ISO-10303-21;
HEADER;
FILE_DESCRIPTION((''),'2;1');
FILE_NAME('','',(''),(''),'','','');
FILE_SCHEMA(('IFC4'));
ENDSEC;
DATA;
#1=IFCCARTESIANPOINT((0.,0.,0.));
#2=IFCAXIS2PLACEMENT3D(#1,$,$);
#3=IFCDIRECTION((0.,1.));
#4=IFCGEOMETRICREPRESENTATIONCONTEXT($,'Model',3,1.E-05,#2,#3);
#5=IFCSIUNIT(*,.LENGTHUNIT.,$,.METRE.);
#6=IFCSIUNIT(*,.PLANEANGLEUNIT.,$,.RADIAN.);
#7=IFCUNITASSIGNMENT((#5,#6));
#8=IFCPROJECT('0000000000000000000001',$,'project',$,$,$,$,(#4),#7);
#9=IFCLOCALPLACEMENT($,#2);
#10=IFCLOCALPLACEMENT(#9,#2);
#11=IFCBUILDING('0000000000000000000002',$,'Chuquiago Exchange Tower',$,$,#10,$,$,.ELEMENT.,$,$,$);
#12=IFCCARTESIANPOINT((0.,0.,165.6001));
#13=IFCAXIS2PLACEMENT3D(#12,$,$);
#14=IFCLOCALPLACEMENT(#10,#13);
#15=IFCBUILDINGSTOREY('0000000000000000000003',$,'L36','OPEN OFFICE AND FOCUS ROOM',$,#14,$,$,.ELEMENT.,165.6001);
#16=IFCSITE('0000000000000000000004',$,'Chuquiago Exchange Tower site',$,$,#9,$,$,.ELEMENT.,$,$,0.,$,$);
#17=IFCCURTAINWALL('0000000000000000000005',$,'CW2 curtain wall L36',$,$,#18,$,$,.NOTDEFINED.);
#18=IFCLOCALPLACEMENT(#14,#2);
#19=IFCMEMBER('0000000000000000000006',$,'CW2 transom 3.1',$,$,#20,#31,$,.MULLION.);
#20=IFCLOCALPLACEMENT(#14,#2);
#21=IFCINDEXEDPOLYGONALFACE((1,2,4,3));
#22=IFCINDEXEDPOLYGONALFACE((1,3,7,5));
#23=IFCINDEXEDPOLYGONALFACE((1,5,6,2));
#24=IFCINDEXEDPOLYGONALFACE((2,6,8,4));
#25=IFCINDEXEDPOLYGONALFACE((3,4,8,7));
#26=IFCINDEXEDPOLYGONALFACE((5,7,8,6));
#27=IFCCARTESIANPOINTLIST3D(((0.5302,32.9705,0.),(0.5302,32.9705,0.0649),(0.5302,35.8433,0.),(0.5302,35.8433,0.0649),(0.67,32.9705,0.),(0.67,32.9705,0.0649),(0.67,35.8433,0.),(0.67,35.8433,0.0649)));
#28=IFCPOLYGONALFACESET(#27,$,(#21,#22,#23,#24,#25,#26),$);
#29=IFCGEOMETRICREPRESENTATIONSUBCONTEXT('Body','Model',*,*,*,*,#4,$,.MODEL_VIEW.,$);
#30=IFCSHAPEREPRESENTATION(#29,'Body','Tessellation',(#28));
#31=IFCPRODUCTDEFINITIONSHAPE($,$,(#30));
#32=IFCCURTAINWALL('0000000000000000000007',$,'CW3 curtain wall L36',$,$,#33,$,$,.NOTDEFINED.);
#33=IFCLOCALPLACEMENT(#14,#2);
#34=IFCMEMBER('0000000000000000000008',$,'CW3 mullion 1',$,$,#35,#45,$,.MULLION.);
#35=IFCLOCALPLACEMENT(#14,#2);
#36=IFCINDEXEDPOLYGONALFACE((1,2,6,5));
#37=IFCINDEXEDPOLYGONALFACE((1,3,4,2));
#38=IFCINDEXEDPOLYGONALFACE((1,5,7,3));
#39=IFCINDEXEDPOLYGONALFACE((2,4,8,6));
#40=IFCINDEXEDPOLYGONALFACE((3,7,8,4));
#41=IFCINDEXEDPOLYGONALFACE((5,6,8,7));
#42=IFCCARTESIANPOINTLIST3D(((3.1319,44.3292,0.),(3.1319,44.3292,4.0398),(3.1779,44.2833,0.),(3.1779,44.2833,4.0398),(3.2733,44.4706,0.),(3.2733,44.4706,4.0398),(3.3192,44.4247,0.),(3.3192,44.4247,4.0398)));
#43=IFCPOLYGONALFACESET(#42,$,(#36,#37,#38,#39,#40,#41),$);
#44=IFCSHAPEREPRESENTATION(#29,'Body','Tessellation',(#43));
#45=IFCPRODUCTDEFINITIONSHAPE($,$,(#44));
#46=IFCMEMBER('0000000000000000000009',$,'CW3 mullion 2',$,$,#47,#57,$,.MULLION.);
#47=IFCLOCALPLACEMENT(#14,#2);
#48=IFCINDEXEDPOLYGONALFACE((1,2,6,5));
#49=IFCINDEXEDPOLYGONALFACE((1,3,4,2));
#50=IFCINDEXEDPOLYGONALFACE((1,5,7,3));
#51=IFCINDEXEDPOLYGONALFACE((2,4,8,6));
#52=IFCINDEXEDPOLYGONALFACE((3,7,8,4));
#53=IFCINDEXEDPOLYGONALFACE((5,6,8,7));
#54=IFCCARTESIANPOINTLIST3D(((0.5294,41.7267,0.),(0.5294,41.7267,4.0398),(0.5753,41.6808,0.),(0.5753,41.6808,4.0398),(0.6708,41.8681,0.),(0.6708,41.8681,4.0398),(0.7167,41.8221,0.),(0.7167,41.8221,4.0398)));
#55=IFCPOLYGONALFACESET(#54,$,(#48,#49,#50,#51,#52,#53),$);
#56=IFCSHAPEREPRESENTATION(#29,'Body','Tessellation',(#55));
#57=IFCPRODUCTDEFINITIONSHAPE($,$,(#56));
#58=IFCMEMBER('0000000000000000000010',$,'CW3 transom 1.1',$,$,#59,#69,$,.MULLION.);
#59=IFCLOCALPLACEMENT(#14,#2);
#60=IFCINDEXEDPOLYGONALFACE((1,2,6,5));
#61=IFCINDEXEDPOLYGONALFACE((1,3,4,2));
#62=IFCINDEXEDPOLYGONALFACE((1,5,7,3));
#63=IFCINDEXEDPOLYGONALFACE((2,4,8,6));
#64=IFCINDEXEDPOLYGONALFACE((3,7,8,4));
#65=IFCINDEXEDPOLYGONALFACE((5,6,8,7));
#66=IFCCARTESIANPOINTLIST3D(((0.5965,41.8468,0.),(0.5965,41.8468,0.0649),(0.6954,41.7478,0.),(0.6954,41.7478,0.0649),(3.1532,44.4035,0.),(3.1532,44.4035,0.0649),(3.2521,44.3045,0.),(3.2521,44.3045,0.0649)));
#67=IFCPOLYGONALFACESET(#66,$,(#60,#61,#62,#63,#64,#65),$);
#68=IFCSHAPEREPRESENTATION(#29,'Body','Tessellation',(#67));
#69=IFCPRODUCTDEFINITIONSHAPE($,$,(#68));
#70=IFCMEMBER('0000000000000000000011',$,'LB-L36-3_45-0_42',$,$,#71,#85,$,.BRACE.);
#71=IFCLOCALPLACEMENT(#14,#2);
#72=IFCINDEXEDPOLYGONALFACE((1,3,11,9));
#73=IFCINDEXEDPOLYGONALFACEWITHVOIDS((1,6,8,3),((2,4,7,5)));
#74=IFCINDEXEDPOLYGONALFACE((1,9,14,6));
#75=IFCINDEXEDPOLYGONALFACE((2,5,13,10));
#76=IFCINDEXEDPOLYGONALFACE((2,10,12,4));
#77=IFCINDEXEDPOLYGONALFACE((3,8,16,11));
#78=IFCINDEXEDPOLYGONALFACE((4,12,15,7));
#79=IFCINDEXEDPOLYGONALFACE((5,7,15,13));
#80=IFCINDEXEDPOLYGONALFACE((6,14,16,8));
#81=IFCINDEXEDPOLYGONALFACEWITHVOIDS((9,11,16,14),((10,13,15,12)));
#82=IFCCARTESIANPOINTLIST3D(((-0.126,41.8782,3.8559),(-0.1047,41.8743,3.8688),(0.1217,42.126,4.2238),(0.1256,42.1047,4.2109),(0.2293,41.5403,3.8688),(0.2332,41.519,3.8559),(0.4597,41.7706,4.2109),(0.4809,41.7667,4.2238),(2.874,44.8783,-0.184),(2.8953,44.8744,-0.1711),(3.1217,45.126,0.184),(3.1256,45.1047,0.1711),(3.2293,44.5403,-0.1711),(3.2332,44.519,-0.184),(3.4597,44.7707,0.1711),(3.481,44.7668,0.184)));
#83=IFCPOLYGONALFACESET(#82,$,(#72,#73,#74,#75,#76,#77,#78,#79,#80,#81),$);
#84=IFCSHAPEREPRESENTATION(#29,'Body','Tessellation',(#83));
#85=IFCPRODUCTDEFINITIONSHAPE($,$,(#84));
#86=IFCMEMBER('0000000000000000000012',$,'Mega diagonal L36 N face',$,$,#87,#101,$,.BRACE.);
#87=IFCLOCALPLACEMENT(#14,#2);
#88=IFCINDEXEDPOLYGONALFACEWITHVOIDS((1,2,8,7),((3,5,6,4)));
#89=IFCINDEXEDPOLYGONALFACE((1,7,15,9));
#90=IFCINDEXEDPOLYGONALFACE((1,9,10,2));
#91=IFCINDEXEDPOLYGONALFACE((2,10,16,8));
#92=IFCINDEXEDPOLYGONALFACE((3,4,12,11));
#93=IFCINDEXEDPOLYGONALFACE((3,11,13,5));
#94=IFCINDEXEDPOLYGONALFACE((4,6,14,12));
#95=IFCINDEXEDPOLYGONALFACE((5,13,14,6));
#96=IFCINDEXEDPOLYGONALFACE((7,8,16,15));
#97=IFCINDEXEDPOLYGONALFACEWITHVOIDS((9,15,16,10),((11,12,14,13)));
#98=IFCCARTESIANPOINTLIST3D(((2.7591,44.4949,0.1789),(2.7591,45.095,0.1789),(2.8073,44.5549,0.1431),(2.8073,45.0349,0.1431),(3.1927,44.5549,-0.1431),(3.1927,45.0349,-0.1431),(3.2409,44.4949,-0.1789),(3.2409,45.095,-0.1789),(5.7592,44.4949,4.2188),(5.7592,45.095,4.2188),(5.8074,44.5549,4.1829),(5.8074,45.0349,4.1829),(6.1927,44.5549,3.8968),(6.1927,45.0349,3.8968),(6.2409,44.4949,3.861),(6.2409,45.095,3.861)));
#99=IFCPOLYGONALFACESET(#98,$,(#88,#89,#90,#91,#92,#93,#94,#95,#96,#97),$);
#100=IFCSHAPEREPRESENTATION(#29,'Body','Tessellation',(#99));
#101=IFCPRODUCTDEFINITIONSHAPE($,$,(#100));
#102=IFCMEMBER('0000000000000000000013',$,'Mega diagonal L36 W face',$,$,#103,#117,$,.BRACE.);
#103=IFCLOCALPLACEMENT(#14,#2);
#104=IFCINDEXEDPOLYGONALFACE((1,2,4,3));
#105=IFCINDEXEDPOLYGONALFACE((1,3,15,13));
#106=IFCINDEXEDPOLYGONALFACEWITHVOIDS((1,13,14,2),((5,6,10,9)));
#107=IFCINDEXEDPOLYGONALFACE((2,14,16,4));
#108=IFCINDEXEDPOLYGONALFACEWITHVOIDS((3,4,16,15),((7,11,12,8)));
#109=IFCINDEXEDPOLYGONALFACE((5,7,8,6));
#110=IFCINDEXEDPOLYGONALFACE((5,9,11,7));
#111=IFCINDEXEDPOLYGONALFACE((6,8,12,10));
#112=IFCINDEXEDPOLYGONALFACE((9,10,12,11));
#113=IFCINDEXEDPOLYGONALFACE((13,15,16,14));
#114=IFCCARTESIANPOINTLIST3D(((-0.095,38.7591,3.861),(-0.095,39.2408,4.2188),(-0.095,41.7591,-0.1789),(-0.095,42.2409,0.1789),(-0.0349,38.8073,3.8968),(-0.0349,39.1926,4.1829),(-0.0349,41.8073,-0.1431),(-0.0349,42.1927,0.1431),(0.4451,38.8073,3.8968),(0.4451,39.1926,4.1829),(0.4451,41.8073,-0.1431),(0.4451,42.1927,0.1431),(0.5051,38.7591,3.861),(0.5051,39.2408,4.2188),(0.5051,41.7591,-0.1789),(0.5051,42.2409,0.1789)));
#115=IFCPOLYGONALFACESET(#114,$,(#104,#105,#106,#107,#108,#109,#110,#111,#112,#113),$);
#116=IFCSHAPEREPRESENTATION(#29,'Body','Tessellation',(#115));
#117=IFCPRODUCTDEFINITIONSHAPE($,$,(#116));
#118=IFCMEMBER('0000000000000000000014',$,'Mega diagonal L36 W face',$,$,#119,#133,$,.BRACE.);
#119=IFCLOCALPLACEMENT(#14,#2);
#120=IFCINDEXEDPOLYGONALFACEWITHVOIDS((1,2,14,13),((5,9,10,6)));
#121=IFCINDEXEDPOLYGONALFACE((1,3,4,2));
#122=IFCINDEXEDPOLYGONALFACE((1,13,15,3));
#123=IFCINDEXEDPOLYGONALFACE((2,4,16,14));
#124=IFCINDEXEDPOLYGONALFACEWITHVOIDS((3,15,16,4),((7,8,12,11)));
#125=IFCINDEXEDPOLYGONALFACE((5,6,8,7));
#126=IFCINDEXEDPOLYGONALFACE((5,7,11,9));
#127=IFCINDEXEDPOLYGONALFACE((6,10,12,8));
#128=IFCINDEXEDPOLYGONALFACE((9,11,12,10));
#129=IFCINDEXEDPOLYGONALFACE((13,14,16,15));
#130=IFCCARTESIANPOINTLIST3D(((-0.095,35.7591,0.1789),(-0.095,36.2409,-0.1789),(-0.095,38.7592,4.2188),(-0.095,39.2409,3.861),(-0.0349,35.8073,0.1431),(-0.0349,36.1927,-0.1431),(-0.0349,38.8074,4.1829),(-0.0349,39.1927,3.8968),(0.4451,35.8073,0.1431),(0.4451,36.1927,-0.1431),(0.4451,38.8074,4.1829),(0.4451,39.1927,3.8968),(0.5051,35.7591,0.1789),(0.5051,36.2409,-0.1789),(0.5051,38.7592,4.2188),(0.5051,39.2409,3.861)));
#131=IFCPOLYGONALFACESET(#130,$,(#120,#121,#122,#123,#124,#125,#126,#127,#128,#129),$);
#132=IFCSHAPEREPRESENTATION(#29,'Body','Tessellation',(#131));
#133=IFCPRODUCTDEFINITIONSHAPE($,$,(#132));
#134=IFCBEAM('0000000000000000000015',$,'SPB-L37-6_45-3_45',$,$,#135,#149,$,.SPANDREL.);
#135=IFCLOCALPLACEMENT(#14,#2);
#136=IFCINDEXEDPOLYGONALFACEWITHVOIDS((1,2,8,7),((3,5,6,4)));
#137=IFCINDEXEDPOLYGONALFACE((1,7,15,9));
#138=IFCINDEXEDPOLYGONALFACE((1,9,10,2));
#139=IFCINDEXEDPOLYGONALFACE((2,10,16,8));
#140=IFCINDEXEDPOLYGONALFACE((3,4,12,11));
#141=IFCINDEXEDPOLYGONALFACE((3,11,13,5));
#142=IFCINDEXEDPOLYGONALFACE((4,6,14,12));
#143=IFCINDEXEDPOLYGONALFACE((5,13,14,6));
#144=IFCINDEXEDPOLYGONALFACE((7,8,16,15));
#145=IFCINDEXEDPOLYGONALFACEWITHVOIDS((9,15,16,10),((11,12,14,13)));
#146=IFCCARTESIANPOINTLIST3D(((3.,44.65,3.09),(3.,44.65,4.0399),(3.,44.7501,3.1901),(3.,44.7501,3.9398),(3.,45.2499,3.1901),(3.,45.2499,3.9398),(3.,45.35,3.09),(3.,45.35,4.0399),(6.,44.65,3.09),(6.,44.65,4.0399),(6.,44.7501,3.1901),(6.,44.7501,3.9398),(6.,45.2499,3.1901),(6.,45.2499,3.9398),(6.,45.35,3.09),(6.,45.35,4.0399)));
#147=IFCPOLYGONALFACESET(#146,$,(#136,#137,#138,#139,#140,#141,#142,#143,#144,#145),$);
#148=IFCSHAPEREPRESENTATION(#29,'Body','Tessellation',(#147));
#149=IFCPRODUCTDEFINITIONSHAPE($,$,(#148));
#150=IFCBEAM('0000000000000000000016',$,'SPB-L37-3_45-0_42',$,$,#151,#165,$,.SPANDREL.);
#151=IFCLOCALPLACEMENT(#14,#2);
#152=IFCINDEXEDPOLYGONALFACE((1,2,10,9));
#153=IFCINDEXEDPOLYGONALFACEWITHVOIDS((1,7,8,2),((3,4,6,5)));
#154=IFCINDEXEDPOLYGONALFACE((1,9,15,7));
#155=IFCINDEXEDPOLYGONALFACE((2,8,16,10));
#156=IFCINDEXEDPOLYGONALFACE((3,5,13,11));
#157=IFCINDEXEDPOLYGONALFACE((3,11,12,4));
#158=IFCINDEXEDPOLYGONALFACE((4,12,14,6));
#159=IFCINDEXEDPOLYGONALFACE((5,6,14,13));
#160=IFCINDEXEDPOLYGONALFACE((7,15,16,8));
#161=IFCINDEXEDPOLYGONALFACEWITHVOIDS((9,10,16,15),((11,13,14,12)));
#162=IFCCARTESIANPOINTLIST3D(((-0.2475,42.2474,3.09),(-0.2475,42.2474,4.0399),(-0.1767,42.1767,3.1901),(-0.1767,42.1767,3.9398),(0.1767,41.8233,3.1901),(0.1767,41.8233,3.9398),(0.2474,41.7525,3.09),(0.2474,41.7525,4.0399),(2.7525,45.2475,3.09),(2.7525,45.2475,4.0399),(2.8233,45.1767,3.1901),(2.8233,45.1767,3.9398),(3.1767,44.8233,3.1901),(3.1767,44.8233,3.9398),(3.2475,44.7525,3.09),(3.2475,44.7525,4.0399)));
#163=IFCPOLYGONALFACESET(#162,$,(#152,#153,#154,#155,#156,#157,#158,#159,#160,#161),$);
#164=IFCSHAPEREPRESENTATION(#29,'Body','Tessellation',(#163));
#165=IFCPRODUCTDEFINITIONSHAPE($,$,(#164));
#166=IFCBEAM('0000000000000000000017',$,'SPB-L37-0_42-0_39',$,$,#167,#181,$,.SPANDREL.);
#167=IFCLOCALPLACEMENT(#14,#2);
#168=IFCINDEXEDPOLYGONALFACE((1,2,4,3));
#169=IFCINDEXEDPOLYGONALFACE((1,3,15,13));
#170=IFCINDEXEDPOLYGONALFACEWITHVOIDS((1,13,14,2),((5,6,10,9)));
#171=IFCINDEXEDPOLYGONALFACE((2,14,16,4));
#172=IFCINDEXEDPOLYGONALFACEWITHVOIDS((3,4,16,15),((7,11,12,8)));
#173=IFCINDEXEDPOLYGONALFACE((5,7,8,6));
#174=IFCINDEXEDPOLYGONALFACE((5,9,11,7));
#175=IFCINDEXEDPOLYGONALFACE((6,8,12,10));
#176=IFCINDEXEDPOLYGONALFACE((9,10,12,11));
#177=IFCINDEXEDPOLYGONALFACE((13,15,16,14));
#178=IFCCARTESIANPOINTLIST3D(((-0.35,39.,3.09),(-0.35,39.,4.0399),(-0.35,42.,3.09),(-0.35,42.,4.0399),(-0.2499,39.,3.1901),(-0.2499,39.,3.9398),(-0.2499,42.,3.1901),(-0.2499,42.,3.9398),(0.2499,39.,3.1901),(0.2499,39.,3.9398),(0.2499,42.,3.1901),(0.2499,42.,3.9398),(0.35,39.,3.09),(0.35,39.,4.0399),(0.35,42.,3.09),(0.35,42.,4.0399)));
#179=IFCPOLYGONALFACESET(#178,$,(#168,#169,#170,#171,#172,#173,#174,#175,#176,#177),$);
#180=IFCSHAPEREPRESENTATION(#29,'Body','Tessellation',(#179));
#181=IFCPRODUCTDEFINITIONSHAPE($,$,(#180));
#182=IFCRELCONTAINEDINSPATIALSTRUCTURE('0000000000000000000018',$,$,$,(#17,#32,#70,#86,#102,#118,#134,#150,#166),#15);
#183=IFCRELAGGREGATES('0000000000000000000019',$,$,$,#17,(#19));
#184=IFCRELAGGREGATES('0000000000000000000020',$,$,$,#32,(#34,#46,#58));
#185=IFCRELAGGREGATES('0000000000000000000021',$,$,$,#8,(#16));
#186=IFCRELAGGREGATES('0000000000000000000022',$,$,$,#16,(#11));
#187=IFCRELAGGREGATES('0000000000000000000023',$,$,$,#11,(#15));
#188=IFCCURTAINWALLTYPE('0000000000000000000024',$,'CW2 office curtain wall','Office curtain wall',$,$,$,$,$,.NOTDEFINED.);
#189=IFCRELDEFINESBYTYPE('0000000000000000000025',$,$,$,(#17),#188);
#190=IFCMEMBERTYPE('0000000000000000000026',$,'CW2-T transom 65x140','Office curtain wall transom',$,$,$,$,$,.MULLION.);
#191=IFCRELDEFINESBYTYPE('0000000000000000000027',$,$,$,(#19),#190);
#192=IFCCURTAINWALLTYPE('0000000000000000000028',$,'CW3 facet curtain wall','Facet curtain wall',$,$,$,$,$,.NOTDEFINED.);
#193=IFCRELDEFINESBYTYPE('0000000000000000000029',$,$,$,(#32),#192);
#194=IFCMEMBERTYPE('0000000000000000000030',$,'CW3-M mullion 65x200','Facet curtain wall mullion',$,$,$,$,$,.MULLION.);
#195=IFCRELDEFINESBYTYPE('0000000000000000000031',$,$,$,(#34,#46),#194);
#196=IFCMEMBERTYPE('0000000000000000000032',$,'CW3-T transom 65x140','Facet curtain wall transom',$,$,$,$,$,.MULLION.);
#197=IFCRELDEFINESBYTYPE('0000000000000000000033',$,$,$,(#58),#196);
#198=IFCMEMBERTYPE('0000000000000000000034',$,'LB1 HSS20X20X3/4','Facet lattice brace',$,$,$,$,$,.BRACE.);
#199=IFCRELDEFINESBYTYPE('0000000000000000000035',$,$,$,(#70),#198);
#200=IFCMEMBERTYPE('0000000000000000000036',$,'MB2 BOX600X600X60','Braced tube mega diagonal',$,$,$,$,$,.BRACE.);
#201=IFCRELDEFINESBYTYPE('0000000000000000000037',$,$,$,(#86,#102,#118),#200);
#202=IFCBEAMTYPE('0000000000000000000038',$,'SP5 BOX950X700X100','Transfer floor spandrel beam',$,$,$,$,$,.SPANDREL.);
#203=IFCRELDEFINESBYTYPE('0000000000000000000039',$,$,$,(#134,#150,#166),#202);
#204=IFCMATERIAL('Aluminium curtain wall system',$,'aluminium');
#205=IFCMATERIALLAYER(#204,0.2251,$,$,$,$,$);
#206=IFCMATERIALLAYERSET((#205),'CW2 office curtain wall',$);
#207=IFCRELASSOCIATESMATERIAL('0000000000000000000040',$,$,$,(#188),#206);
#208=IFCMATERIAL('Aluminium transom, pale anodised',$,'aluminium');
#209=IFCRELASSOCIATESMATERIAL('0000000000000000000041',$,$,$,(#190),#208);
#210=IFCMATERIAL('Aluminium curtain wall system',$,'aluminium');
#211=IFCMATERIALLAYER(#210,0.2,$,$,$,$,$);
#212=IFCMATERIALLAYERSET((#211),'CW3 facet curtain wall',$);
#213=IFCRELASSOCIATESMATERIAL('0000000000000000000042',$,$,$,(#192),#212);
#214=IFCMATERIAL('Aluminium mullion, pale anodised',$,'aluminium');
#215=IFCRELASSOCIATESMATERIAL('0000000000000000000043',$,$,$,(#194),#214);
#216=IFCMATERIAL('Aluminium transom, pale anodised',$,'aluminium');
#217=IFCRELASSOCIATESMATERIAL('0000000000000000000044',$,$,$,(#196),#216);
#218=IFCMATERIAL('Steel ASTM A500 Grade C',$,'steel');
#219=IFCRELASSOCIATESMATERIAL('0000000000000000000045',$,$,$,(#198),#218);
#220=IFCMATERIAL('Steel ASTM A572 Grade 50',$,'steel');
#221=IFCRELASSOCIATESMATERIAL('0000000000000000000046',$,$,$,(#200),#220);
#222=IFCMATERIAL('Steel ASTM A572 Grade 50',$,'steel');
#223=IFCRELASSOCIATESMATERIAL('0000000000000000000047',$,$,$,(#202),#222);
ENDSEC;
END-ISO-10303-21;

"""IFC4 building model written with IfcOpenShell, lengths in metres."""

from ifc_helpers import new_model, si_unit, direction, frame, origin, origin_2d, place, context, subcontext, project, spatial, rectangle, hollow_rectangle, extrude, material, layer, layer_set, material_profile, profile_set, type_object, element, aggregate, save


model = new_model("IFC4")

# Units and contexts
model_context = context("Model", 3, precision=1e-05, world=origin(), true_north=direction((0.0, 1.0)))
body_context = subcontext(model_context, "Body", "Model", "MODEL_VIEW")
ifc_project = project(units=[si_unit("LENGTHUNIT", "METRE"), si_unit("PLANEANGLEUNIT", "RADIAN")], contexts=[model_context])

# Site, building, storey
site_placement = place(None, origin())
site = spatial("IfcSite", under=ifc_project, at=site_placement, Name="Chuquiago Exchange Tower site", CompositionType="ELEMENT", RefElevation=0.0)
building_placement = place(site_placement, origin())
building = spatial("IfcBuilding", under=site, at=building_placement, Name="Chuquiago Exchange Tower", CompositionType="ELEMENT")
storey_placement = place(building_placement, frame((0.0, 0.0, 165.6001)))
storey = spatial("IfcBuildingStorey", under=building, at=storey_placement, Name="L36", Description="OPEN OFFICE AND FOCUS ROOM", CompositionType="ELEMENT", Elevation=165.6001)

# Curtain wall
ifc_material_1 = material(Name="Aluminium curtain wall system", Category="aluminium")
ifc_layer_1 = layer(ifc_material_1, 0.2251)
ifc_layer_set_1 = layer_set([ifc_layer_1], Name="CW2 office curtain wall")
curtain_wall_type_1 = type_object("IfcCurtainWallType", Name="CW2 office curtain wall", Description="Office curtain wall", PredefinedType="NOTDEFINED", material=ifc_layer_set_1)
curtain_wall_1_placement = place(storey_placement, origin())
curtain_wall_1 = element("IfcCurtainWall", 1, at=curtain_wall_1_placement, inside=storey, type_object=curtain_wall_type_1, Name="CW2 curtain wall L36", PredefinedType="NOTDEFINED")

# Member
ifc_material_2 = material(Name="Aluminium transom, pale anodised", Category="aluminium")
ifc_material_profile_1 = material_profile(ifc_material_2, rectangle(XDim=0.1399, YDim=0.0649, at=origin_2d()), Name="AL 140x65")
ifc_profile_set_1 = profile_set([ifc_material_profile_1], Name="Aluminium transom, pale anodised")
member_type_1 = type_object("IfcMemberType", Name="CW2-T transom 65x140", Description="Office curtain wall transom", PredefinedType="MULLION", material=ifc_profile_set_1)
member_1_placement = place(storey_placement, frame((0.6001, 35.8433, 0.0325), z_axis=(0.0, -1.0, 0.0), x_axis=(1.0, 0.0, 0.0)))
member_1 = element("IfcMember", 2, at=member_1_placement, type_object=member_type_1, Name="CW2 transom 3.1", PredefinedType="MULLION", context=body_context, shape_type="SweptSolid", body=[
    extrude(rectangle(XDim=0.1399, YDim=0.0649, at=origin_2d()), origin(), (0.0, 0.0, 1.0), 2.8728),
])

# Curtain wall, members
ifc_material_3 = material(Name="Aluminium curtain wall system", Category="aluminium")
ifc_layer_2 = layer(ifc_material_3, 0.2)
ifc_layer_set_2 = layer_set([ifc_layer_2], Name="CW3 facet curtain wall")
curtain_wall_type_2 = type_object("IfcCurtainWallType", Name="CW3 facet curtain wall", Description="Facet curtain wall", PredefinedType="NOTDEFINED", material=ifc_layer_set_2)
curtain_wall_2_placement = place(storey_placement, origin())
curtain_wall_2 = element("IfcCurtainWall", 3, at=curtain_wall_2_placement, inside=storey, type_object=curtain_wall_type_2, Name="CW3 curtain wall L36", PredefinedType="NOTDEFINED")
ifc_material_4 = material(Name="Aluminium mullion, pale anodised", Category="aluminium")
ifc_material_profile_2 = material_profile(ifc_material_4, rectangle(XDim=0.0649, YDim=0.2, at=origin_2d()), Name="AL 65x200")
ifc_profile_set_2 = profile_set([ifc_material_profile_2], Name="Aluminium mullion, pale anodised")
member_type_2 = type_object("IfcMemberType", Name="CW3-M mullion 65x200", Description="Facet curtain wall mullion", PredefinedType="MULLION", material=ifc_profile_set_2)
member_2_placement = place(storey_placement, frame((3.2256, 44.377, 0.0), z_axis=(0.0, 0.0, 1.0), x_axis=(0.707107, -0.707107, 0.0)))
member_2 = element("IfcMember", 4, at=member_2_placement, type_object=member_type_2, Name="CW3 mullion 1", PredefinedType="MULLION", context=body_context, shape_type="SweptSolid", body=[
    extrude(rectangle(XDim=0.0649, YDim=0.2, at=origin_2d()), origin(), (0.0, 0.0, 1.0), 4.0398),
])
member_3_placement = place(storey_placement, frame((0.623, 41.7744, 0.0), z_axis=(0.0, 0.0, 1.0), x_axis=(0.707107, -0.707107, 0.0)))
member_3 = element("IfcMember", 5, at=member_3_placement, type_object=member_type_2, Name="CW3 mullion 2", PredefinedType="MULLION", context=body_context, shape_type="SweptSolid", body=[
    extrude(rectangle(XDim=0.0649, YDim=0.2, at=origin_2d()), origin(), (0.0, 0.0, 1.0), 4.0398),
])
ifc_material_5 = material(Name="Aluminium transom, pale anodised", Category="aluminium")
ifc_material_profile_3 = material_profile(ifc_material_5, rectangle(XDim=0.1399, YDim=0.0649, at=origin_2d()), Name="AL 140x65")
ifc_profile_set_3 = profile_set([ifc_material_profile_3], Name="Aluminium transom, pale anodised")
member_type_3 = type_object("IfcMemberType", Name="CW3-T transom 65x140", Description="Facet curtain wall transom", PredefinedType="MULLION", material=ifc_profile_set_3)
member_4_placement = place(storey_placement, frame((3.2026, 44.354, 0.0325), z_axis=(-0.707107, -0.707107, 0.0), x_axis=(0.707107, -0.707107, 0.0)))
member_4 = element("IfcMember", 6, at=member_4_placement, type_object=member_type_3, Name="CW3 transom 1.1", PredefinedType="MULLION", context=body_context, shape_type="SweptSolid", body=[
    extrude(rectangle(XDim=0.1399, YDim=0.0649, at=origin_2d()), origin(), (0.0, 0.0, 1.0), 3.6157),
])

# Members
ifc_material_6 = material(Name="Steel ASTM A500 Grade C", Category="steel")
ifc_material_profile_4 = material_profile(ifc_material_6, hollow_rectangle(XDim=0.5081, YDim=0.5081, WallThickness=0.0178, at=origin_2d()), Name="HSS20X20X3/4")
ifc_profile_set_4 = profile_set([ifc_material_profile_4], Name="Steel ASTM A500 Grade C")
member_type_4 = type_object("IfcMemberType", Name="LB1 HSS20X20X3/4", Description="Facet lattice brace", PredefinedType="BRACE", material=ifc_profile_set_4)
member_5_placement = place(storey_placement, frame((3.1775, 44.8225, 0.0), z_axis=(-0.512092, -0.512092, 0.689582), x_axis=(0.707107, -0.707107, 0.0)))
element("IfcMember", 7, at=member_5_placement, inside=storey, type_object=member_type_4, Name="LB-L36-3_45-0_42", PredefinedType="BRACE", context=body_context, shape_type="SweptSolid", body=[
    extrude(hollow_rectangle(XDim=0.5081, YDim=0.5081, WallThickness=0.0178, at=origin_2d()), origin(), (0.0, 0.0, 1.0), 5.8584),
])
ifc_material_7 = material(Name="Steel ASTM A572 Grade 50", Category="steel")
ifc_material_profile_5 = material_profile(ifc_material_7, hollow_rectangle(XDim=0.6001, YDim=0.6001, WallThickness=0.0601, at=origin_2d()), Name="BOX600X600X60")
ifc_profile_set_5 = profile_set([ifc_material_profile_5], Name="Steel ASTM A572 Grade 50")
member_type_5 = type_object("IfcMemberType", Name="MB2 BOX600X600X60", Description="Braced tube mega diagonal", PredefinedType="BRACE", material=ifc_profile_set_5)
for number, where, z_axis, x_axis, name in (
    (8, (3.0, 44.7949, 0.0), (0.596197, 0.0, 0.802838), (0.0, 1.0, 0.0), "Mega diagonal L36 N face"),
    (9, (0.2051, 42.0, 0.0), (0.0, -0.596197, 0.802838), (1.0, 0.0, 0.0), "Mega diagonal L36 W face"),
    (10, (0.2051, 36.0, 0.0), (0.0, 0.596197, 0.802838), (-1.0, 0.0, 0.0), "Mega diagonal L36 W face"),
):
    element("IfcMember", number, at=place(storey_placement, frame(where, z_axis=z_axis, x_axis=x_axis)), inside=storey, type_object=member_type_5, Name=name, PredefinedType="BRACE", context=body_context, shape_type="SweptSolid", body=[
        extrude(hollow_rectangle(XDim=0.6001, YDim=0.6001, WallThickness=0.0601, at=origin_2d()), origin(), (0.0, 0.0, 1.0), 5.032),
    ])

# Beams
ifc_material_8 = material(Name="Steel ASTM A572 Grade 50", Category="steel")
ifc_material_profile_6 = material_profile(ifc_material_8, hollow_rectangle(XDim=0.7, YDim=0.95, WallThickness=0.1001, at=origin_2d()), Name="BOX950X700X100")
ifc_profile_set_6 = profile_set([ifc_material_profile_6], Name="Steel ASTM A572 Grade 50")
beam_type = type_object("IfcBeamType", Name="SP5 BOX950X700X100", Description="Transfer floor spandrel beam", PredefinedType="SPANDREL", material=ifc_profile_set_6)
beam_1_placement = place(storey_placement, frame((6.0, 45.0, 3.5649), z_axis=(-1.0, 0.0, 0.0), x_axis=(0.0, -1.0, 0.0)))
element("IfcBeam", 11, at=beam_1_placement, inside=storey, type_object=beam_type, Name="SPB-L37-6_45-3_45", PredefinedType="SPANDREL", context=body_context, shape_type="SweptSolid", body=[
    extrude(hollow_rectangle(XDim=0.7, YDim=0.95, WallThickness=0.1001, at=origin_2d()), origin(), (0.0, 0.0, 1.0), 3.0),
])
beam_2_placement = place(storey_placement, frame((3.0, 45.0, 3.5649), z_axis=(-0.707107, -0.707107, 0.0), x_axis=(0.707107, -0.707107, 0.0)))
element("IfcBeam", 12, at=beam_2_placement, inside=storey, type_object=beam_type, Name="SPB-L37-3_45-0_42", PredefinedType="SPANDREL", context=body_context, shape_type="SweptSolid", body=[
    extrude(hollow_rectangle(XDim=0.7, YDim=0.95, WallThickness=0.1001, at=origin_2d()), origin(), (0.0, 0.0, 1.0), 4.2427),
])
for number, where, z_axis, x_axis, name in (
    (13, (0.0, 42.0, 3.5649), (0.0, -1.0, 0.0), (1.0, 0.0, 0.0), "SPB-L37-0_42-0_39"),
):
    element("IfcBeam", number, at=place(storey_placement, frame(where, z_axis=z_axis, x_axis=x_axis)), inside=storey, type_object=beam_type, Name=name, PredefinedType="SPANDREL", context=body_context, shape_type="SweptSolid", body=[
        extrude(hollow_rectangle(XDim=0.7, YDim=0.95, WallThickness=0.1001, at=origin_2d()), origin(), (0.0, 0.0, 1.0), 3.0),
    ])

aggregate(curtain_wall_1, [member_1])
aggregate(curtain_wall_2, [member_2, member_3, member_4])

save(model, "model.ifc")
